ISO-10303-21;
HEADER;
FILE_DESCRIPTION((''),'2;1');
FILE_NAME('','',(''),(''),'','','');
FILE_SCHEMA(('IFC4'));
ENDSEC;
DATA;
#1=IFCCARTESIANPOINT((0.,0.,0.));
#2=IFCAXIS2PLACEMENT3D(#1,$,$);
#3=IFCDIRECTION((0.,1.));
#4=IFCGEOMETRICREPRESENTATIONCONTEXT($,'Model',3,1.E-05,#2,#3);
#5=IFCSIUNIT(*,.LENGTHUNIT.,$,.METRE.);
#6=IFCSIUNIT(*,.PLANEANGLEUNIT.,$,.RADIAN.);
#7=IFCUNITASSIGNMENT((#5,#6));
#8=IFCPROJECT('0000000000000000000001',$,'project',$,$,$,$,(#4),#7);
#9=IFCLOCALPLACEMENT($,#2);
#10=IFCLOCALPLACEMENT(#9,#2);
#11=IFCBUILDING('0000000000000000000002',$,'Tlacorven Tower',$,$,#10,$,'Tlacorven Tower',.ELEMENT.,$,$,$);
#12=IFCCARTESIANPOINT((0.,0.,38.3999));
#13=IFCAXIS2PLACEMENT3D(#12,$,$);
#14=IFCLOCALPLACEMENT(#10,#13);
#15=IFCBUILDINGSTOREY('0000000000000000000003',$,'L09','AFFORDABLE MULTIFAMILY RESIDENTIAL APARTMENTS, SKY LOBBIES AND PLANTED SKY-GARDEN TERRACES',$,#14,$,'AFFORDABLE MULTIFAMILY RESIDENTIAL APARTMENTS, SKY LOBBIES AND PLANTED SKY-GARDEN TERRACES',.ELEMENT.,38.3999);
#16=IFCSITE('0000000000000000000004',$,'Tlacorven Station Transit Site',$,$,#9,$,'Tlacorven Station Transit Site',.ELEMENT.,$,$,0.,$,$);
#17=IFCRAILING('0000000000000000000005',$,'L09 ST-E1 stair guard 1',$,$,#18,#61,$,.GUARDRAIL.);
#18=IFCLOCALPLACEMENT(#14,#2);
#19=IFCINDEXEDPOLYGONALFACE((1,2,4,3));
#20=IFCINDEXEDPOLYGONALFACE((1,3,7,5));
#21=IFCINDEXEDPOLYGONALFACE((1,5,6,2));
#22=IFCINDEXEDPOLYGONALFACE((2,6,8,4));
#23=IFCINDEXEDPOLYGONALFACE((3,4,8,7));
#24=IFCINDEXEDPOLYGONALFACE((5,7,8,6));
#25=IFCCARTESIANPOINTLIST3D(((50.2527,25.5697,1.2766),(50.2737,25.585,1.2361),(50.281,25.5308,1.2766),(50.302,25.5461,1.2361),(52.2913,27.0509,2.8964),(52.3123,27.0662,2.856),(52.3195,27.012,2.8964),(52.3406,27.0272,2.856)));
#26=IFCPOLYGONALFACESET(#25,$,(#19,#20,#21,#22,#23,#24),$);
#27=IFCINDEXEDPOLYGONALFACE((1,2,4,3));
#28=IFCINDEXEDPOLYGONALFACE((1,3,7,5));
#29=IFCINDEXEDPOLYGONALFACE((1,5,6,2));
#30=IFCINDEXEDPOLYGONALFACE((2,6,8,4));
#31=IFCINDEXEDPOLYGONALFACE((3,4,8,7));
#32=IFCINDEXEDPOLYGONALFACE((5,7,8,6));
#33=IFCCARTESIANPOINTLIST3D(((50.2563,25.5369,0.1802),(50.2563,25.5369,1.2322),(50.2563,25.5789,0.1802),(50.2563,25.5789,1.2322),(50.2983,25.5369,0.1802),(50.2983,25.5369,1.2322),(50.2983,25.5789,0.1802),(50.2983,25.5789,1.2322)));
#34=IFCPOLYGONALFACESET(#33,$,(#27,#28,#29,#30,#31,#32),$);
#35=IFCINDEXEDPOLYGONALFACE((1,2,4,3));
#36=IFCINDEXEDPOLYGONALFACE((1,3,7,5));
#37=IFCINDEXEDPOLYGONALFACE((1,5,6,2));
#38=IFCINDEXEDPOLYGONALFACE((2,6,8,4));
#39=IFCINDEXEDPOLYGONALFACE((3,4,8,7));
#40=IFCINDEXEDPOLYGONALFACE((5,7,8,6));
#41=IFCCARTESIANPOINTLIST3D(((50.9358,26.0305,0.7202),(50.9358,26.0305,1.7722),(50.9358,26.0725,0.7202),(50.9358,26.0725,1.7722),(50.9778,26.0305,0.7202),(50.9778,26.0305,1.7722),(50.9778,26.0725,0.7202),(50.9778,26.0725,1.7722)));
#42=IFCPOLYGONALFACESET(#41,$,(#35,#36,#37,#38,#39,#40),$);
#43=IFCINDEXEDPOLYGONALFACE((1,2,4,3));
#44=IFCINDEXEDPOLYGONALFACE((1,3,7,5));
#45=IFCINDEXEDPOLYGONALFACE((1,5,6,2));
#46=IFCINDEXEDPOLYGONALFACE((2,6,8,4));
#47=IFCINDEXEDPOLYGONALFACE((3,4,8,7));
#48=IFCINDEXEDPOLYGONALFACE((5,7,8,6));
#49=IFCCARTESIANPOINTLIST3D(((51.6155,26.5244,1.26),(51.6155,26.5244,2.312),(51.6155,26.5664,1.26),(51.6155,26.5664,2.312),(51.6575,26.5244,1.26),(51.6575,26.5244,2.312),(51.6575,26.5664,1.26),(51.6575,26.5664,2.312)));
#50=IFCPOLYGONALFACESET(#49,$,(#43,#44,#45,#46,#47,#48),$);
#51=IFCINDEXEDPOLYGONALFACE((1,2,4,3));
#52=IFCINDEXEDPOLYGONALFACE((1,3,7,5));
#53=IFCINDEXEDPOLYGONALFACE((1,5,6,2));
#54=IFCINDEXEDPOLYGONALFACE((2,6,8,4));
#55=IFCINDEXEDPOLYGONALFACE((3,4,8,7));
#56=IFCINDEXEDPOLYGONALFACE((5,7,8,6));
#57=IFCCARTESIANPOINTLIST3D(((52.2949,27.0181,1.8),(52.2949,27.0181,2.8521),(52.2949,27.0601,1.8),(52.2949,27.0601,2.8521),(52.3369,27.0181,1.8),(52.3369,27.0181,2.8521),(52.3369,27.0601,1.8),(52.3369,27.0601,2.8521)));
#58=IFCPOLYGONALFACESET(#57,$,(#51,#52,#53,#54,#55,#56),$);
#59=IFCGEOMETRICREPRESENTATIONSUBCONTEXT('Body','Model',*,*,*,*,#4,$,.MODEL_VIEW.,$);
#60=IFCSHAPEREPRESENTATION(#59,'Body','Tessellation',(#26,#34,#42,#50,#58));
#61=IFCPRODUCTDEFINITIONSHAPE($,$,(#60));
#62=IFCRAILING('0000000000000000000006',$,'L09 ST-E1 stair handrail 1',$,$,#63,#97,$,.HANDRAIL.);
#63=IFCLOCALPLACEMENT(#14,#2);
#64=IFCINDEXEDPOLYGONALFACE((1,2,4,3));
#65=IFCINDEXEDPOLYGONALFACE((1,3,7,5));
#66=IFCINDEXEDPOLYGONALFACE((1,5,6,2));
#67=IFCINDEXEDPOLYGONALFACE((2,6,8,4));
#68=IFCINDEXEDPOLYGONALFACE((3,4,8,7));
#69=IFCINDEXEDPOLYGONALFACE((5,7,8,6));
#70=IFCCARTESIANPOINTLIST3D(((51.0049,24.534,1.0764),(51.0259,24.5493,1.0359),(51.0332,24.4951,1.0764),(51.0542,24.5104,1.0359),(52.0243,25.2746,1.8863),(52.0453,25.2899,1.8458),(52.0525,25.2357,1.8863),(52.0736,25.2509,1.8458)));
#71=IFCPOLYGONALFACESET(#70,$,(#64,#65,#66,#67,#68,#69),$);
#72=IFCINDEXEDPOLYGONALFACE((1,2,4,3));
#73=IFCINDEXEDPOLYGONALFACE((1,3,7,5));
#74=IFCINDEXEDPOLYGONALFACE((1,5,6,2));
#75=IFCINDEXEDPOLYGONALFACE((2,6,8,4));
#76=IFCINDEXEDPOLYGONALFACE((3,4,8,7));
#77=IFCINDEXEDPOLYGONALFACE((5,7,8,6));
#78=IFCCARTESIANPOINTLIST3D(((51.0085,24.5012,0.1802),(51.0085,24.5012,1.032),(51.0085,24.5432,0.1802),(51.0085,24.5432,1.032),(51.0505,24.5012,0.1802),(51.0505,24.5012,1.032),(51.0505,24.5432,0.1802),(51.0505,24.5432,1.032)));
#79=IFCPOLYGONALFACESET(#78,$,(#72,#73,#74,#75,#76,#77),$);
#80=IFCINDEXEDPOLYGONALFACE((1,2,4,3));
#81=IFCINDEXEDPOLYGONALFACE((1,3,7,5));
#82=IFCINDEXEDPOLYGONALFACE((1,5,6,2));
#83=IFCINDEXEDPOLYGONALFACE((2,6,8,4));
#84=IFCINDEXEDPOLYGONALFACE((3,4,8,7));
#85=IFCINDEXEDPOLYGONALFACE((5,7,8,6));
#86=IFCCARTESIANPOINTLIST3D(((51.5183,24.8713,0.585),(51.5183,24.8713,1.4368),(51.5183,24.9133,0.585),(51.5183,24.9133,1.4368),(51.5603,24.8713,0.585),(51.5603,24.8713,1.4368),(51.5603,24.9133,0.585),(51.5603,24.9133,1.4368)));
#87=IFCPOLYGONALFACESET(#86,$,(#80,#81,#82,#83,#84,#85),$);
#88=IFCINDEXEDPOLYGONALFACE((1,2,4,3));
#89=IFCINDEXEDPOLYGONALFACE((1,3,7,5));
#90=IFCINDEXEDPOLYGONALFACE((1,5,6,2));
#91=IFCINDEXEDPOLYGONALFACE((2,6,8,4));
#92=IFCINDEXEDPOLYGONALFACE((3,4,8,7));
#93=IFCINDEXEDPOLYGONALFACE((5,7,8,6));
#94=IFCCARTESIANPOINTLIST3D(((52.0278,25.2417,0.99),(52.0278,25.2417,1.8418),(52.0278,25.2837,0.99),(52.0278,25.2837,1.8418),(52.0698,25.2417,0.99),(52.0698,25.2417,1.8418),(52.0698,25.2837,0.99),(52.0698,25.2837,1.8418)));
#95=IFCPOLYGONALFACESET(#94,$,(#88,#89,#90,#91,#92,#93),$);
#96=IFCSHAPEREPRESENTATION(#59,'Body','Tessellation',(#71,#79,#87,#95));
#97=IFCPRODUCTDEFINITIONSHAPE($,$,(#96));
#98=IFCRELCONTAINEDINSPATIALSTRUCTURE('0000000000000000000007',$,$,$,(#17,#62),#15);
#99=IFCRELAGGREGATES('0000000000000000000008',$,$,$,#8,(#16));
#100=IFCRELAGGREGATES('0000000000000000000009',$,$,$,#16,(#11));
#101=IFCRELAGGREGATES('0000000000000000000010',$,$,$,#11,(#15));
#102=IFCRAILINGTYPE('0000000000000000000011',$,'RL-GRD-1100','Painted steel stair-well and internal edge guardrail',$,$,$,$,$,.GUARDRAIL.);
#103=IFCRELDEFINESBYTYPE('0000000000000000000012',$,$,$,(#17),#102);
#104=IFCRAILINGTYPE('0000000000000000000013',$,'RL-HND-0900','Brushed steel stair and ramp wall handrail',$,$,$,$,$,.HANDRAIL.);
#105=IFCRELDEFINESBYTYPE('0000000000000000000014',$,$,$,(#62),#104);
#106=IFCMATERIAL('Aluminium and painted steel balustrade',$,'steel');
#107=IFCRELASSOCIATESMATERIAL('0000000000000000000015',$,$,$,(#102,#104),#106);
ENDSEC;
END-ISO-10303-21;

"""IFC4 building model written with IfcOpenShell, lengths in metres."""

from ifc_helpers import new_model, si_unit, direction, frame, origin, origin_2d, place, context, subcontext, project, spatial, rectangle, extrude, source, transform, mapped, material, type_object, element, save


model = new_model("IFC4")

# Units and contexts
model_context = context("Model", 3, precision=1e-05, world=origin(), true_north=direction((0.0, 1.0)))
body_context = subcontext(model_context, "Body", "Model", "MODEL_VIEW")
ifc_project = project(units=[si_unit("LENGTHUNIT", "METRE"), si_unit("PLANEANGLEUNIT", "RADIAN")], contexts=[model_context])

# Site, building, storey
site_placement = place(None, origin())
site = spatial("IfcSite", under=ifc_project, at=site_placement, Name="Tlacorven Station Transit Site", LongName="Tlacorven Station Transit Site", CompositionType="ELEMENT", RefElevation=0.0)
building_placement = place(site_placement, origin())
building = spatial("IfcBuilding", under=site, at=building_placement, Name="Tlacorven Tower", LongName="Tlacorven Tower", CompositionType="ELEMENT")
storey_placement = place(building_placement, frame((0.0, 0.0, 38.3999)))
storey = spatial("IfcBuildingStorey", under=building, at=storey_placement, Name="L09", Description="AFFORDABLE MULTIFAMILY RESIDENTIAL APARTMENTS, SKY LOBBIES AND PLANTED SKY-GARDEN TERRACES", LongName="AFFORDABLE MULTIFAMILY RESIDENTIAL APARTMENTS, SKY LOBBIES AND PLANTED SKY-GARDEN TERRACES", CompositionType="ELEMENT", Elevation=38.3999)

# Railings
ifc_material_1 = material(Name="Aluminium and painted steel balustrade", Category="steel")
railing_type_1 = type_object("IfcRailingType", Name="RL-GRD-1100", Description="Painted steel stair-well and internal edge guardrail", PredefinedType="GUARDRAIL", material=ifc_material_1)
railing_type_2 = type_object("IfcRailingType", Name="RL-HND-0900", Description="Brushed steel stair and ramp wall handrail", PredefinedType="HANDRAIL", material=ifc_material_1)
shared_shape_1 = source(origin(), body_context, "Body", "SweptSolid", [
    extrude(rectangle(XDim=0.0481, YDim=0.0481, at=origin_2d()), frame((0.0, 0.0, 1.0762), z_axis=(0.680519, 0.494456, 0.540747), x_axis=(-0.587809, 0.809, 0.0)), (0.0, 0.0, 1.0), 2.9956),
    extrude(rectangle(XDim=0.042, YDim=0.042, at=origin_2d()), origin(), (0.0, 0.0, 1.0), 1.052),
    extrude(rectangle(XDim=0.042, YDim=0.042, at=origin_2d()), frame((0.6794, 0.4937, 0.54)), (0.0, 0.0, 1.0), 1.052),
    extrude(rectangle(XDim=0.042, YDim=0.042, at=origin_2d()), frame((1.3591, 0.9875, 1.0798)), (0.0, 0.0, 1.0), 1.052),
    extrude(rectangle(XDim=0.042, YDim=0.042, at=origin_2d()), frame((2.0386, 1.4812, 1.6199)), (0.0, 0.0, 1.0), 1.052),
])
railing_1_placement = place(storey_placement, frame((50.2773, 25.5579, 0.1802)))
element("IfcRailing", 1, at=railing_1_placement, inside=storey, type_object=railing_type_1, Name="L09 ST-E1 stair guard 1", PredefinedType="GUARDRAIL", context=body_context, shape_type="MappedRepresentation", body=[
    mapped(shared_shape_1, transform((0.0, 0.0, 0.0), scale=1.0)),
])
shared_shape_2 = source(origin(), body_context, "Body", "SweptSolid", [
    extrude(rectangle(XDim=0.0481, YDim=0.0481, at=origin_2d()), frame((0.0, 0.0, 0.876), z_axis=(0.680576, 0.494416, 0.540712), x_axis=(-0.587745, 0.809046, 0.0)), (0.0, 0.0, 1.0), 1.4978),
    extrude(rectangle(XDim=0.042, YDim=0.042, at=origin_2d()), origin(), (0.0, 0.0, 1.0), 0.8518),
    extrude(rectangle(XDim=0.042, YDim=0.042, at=origin_2d()), frame((0.5098, 0.3701, 0.4048)), (0.0, 0.0, 1.0), 0.8518),
    extrude(rectangle(XDim=0.042, YDim=0.042, at=origin_2d()), frame((1.0193, 0.7405, 0.8098)), (0.0, 0.0, 1.0), 0.8518),
])
railing_2_placement = place(storey_placement, frame((51.0295, 24.5222, 0.1802)))
element("IfcRailing", 2, at=railing_2_placement, inside=storey, type_object=railing_type_2, Name="L09 ST-E1 stair handrail 1", PredefinedType="HANDRAIL", context=body_context, shape_type="MappedRepresentation", body=[
    mapped(shared_shape_2, transform((0.0, 0.0, 0.0), scale=1.0)),
])

save(model, "model.ifc")
